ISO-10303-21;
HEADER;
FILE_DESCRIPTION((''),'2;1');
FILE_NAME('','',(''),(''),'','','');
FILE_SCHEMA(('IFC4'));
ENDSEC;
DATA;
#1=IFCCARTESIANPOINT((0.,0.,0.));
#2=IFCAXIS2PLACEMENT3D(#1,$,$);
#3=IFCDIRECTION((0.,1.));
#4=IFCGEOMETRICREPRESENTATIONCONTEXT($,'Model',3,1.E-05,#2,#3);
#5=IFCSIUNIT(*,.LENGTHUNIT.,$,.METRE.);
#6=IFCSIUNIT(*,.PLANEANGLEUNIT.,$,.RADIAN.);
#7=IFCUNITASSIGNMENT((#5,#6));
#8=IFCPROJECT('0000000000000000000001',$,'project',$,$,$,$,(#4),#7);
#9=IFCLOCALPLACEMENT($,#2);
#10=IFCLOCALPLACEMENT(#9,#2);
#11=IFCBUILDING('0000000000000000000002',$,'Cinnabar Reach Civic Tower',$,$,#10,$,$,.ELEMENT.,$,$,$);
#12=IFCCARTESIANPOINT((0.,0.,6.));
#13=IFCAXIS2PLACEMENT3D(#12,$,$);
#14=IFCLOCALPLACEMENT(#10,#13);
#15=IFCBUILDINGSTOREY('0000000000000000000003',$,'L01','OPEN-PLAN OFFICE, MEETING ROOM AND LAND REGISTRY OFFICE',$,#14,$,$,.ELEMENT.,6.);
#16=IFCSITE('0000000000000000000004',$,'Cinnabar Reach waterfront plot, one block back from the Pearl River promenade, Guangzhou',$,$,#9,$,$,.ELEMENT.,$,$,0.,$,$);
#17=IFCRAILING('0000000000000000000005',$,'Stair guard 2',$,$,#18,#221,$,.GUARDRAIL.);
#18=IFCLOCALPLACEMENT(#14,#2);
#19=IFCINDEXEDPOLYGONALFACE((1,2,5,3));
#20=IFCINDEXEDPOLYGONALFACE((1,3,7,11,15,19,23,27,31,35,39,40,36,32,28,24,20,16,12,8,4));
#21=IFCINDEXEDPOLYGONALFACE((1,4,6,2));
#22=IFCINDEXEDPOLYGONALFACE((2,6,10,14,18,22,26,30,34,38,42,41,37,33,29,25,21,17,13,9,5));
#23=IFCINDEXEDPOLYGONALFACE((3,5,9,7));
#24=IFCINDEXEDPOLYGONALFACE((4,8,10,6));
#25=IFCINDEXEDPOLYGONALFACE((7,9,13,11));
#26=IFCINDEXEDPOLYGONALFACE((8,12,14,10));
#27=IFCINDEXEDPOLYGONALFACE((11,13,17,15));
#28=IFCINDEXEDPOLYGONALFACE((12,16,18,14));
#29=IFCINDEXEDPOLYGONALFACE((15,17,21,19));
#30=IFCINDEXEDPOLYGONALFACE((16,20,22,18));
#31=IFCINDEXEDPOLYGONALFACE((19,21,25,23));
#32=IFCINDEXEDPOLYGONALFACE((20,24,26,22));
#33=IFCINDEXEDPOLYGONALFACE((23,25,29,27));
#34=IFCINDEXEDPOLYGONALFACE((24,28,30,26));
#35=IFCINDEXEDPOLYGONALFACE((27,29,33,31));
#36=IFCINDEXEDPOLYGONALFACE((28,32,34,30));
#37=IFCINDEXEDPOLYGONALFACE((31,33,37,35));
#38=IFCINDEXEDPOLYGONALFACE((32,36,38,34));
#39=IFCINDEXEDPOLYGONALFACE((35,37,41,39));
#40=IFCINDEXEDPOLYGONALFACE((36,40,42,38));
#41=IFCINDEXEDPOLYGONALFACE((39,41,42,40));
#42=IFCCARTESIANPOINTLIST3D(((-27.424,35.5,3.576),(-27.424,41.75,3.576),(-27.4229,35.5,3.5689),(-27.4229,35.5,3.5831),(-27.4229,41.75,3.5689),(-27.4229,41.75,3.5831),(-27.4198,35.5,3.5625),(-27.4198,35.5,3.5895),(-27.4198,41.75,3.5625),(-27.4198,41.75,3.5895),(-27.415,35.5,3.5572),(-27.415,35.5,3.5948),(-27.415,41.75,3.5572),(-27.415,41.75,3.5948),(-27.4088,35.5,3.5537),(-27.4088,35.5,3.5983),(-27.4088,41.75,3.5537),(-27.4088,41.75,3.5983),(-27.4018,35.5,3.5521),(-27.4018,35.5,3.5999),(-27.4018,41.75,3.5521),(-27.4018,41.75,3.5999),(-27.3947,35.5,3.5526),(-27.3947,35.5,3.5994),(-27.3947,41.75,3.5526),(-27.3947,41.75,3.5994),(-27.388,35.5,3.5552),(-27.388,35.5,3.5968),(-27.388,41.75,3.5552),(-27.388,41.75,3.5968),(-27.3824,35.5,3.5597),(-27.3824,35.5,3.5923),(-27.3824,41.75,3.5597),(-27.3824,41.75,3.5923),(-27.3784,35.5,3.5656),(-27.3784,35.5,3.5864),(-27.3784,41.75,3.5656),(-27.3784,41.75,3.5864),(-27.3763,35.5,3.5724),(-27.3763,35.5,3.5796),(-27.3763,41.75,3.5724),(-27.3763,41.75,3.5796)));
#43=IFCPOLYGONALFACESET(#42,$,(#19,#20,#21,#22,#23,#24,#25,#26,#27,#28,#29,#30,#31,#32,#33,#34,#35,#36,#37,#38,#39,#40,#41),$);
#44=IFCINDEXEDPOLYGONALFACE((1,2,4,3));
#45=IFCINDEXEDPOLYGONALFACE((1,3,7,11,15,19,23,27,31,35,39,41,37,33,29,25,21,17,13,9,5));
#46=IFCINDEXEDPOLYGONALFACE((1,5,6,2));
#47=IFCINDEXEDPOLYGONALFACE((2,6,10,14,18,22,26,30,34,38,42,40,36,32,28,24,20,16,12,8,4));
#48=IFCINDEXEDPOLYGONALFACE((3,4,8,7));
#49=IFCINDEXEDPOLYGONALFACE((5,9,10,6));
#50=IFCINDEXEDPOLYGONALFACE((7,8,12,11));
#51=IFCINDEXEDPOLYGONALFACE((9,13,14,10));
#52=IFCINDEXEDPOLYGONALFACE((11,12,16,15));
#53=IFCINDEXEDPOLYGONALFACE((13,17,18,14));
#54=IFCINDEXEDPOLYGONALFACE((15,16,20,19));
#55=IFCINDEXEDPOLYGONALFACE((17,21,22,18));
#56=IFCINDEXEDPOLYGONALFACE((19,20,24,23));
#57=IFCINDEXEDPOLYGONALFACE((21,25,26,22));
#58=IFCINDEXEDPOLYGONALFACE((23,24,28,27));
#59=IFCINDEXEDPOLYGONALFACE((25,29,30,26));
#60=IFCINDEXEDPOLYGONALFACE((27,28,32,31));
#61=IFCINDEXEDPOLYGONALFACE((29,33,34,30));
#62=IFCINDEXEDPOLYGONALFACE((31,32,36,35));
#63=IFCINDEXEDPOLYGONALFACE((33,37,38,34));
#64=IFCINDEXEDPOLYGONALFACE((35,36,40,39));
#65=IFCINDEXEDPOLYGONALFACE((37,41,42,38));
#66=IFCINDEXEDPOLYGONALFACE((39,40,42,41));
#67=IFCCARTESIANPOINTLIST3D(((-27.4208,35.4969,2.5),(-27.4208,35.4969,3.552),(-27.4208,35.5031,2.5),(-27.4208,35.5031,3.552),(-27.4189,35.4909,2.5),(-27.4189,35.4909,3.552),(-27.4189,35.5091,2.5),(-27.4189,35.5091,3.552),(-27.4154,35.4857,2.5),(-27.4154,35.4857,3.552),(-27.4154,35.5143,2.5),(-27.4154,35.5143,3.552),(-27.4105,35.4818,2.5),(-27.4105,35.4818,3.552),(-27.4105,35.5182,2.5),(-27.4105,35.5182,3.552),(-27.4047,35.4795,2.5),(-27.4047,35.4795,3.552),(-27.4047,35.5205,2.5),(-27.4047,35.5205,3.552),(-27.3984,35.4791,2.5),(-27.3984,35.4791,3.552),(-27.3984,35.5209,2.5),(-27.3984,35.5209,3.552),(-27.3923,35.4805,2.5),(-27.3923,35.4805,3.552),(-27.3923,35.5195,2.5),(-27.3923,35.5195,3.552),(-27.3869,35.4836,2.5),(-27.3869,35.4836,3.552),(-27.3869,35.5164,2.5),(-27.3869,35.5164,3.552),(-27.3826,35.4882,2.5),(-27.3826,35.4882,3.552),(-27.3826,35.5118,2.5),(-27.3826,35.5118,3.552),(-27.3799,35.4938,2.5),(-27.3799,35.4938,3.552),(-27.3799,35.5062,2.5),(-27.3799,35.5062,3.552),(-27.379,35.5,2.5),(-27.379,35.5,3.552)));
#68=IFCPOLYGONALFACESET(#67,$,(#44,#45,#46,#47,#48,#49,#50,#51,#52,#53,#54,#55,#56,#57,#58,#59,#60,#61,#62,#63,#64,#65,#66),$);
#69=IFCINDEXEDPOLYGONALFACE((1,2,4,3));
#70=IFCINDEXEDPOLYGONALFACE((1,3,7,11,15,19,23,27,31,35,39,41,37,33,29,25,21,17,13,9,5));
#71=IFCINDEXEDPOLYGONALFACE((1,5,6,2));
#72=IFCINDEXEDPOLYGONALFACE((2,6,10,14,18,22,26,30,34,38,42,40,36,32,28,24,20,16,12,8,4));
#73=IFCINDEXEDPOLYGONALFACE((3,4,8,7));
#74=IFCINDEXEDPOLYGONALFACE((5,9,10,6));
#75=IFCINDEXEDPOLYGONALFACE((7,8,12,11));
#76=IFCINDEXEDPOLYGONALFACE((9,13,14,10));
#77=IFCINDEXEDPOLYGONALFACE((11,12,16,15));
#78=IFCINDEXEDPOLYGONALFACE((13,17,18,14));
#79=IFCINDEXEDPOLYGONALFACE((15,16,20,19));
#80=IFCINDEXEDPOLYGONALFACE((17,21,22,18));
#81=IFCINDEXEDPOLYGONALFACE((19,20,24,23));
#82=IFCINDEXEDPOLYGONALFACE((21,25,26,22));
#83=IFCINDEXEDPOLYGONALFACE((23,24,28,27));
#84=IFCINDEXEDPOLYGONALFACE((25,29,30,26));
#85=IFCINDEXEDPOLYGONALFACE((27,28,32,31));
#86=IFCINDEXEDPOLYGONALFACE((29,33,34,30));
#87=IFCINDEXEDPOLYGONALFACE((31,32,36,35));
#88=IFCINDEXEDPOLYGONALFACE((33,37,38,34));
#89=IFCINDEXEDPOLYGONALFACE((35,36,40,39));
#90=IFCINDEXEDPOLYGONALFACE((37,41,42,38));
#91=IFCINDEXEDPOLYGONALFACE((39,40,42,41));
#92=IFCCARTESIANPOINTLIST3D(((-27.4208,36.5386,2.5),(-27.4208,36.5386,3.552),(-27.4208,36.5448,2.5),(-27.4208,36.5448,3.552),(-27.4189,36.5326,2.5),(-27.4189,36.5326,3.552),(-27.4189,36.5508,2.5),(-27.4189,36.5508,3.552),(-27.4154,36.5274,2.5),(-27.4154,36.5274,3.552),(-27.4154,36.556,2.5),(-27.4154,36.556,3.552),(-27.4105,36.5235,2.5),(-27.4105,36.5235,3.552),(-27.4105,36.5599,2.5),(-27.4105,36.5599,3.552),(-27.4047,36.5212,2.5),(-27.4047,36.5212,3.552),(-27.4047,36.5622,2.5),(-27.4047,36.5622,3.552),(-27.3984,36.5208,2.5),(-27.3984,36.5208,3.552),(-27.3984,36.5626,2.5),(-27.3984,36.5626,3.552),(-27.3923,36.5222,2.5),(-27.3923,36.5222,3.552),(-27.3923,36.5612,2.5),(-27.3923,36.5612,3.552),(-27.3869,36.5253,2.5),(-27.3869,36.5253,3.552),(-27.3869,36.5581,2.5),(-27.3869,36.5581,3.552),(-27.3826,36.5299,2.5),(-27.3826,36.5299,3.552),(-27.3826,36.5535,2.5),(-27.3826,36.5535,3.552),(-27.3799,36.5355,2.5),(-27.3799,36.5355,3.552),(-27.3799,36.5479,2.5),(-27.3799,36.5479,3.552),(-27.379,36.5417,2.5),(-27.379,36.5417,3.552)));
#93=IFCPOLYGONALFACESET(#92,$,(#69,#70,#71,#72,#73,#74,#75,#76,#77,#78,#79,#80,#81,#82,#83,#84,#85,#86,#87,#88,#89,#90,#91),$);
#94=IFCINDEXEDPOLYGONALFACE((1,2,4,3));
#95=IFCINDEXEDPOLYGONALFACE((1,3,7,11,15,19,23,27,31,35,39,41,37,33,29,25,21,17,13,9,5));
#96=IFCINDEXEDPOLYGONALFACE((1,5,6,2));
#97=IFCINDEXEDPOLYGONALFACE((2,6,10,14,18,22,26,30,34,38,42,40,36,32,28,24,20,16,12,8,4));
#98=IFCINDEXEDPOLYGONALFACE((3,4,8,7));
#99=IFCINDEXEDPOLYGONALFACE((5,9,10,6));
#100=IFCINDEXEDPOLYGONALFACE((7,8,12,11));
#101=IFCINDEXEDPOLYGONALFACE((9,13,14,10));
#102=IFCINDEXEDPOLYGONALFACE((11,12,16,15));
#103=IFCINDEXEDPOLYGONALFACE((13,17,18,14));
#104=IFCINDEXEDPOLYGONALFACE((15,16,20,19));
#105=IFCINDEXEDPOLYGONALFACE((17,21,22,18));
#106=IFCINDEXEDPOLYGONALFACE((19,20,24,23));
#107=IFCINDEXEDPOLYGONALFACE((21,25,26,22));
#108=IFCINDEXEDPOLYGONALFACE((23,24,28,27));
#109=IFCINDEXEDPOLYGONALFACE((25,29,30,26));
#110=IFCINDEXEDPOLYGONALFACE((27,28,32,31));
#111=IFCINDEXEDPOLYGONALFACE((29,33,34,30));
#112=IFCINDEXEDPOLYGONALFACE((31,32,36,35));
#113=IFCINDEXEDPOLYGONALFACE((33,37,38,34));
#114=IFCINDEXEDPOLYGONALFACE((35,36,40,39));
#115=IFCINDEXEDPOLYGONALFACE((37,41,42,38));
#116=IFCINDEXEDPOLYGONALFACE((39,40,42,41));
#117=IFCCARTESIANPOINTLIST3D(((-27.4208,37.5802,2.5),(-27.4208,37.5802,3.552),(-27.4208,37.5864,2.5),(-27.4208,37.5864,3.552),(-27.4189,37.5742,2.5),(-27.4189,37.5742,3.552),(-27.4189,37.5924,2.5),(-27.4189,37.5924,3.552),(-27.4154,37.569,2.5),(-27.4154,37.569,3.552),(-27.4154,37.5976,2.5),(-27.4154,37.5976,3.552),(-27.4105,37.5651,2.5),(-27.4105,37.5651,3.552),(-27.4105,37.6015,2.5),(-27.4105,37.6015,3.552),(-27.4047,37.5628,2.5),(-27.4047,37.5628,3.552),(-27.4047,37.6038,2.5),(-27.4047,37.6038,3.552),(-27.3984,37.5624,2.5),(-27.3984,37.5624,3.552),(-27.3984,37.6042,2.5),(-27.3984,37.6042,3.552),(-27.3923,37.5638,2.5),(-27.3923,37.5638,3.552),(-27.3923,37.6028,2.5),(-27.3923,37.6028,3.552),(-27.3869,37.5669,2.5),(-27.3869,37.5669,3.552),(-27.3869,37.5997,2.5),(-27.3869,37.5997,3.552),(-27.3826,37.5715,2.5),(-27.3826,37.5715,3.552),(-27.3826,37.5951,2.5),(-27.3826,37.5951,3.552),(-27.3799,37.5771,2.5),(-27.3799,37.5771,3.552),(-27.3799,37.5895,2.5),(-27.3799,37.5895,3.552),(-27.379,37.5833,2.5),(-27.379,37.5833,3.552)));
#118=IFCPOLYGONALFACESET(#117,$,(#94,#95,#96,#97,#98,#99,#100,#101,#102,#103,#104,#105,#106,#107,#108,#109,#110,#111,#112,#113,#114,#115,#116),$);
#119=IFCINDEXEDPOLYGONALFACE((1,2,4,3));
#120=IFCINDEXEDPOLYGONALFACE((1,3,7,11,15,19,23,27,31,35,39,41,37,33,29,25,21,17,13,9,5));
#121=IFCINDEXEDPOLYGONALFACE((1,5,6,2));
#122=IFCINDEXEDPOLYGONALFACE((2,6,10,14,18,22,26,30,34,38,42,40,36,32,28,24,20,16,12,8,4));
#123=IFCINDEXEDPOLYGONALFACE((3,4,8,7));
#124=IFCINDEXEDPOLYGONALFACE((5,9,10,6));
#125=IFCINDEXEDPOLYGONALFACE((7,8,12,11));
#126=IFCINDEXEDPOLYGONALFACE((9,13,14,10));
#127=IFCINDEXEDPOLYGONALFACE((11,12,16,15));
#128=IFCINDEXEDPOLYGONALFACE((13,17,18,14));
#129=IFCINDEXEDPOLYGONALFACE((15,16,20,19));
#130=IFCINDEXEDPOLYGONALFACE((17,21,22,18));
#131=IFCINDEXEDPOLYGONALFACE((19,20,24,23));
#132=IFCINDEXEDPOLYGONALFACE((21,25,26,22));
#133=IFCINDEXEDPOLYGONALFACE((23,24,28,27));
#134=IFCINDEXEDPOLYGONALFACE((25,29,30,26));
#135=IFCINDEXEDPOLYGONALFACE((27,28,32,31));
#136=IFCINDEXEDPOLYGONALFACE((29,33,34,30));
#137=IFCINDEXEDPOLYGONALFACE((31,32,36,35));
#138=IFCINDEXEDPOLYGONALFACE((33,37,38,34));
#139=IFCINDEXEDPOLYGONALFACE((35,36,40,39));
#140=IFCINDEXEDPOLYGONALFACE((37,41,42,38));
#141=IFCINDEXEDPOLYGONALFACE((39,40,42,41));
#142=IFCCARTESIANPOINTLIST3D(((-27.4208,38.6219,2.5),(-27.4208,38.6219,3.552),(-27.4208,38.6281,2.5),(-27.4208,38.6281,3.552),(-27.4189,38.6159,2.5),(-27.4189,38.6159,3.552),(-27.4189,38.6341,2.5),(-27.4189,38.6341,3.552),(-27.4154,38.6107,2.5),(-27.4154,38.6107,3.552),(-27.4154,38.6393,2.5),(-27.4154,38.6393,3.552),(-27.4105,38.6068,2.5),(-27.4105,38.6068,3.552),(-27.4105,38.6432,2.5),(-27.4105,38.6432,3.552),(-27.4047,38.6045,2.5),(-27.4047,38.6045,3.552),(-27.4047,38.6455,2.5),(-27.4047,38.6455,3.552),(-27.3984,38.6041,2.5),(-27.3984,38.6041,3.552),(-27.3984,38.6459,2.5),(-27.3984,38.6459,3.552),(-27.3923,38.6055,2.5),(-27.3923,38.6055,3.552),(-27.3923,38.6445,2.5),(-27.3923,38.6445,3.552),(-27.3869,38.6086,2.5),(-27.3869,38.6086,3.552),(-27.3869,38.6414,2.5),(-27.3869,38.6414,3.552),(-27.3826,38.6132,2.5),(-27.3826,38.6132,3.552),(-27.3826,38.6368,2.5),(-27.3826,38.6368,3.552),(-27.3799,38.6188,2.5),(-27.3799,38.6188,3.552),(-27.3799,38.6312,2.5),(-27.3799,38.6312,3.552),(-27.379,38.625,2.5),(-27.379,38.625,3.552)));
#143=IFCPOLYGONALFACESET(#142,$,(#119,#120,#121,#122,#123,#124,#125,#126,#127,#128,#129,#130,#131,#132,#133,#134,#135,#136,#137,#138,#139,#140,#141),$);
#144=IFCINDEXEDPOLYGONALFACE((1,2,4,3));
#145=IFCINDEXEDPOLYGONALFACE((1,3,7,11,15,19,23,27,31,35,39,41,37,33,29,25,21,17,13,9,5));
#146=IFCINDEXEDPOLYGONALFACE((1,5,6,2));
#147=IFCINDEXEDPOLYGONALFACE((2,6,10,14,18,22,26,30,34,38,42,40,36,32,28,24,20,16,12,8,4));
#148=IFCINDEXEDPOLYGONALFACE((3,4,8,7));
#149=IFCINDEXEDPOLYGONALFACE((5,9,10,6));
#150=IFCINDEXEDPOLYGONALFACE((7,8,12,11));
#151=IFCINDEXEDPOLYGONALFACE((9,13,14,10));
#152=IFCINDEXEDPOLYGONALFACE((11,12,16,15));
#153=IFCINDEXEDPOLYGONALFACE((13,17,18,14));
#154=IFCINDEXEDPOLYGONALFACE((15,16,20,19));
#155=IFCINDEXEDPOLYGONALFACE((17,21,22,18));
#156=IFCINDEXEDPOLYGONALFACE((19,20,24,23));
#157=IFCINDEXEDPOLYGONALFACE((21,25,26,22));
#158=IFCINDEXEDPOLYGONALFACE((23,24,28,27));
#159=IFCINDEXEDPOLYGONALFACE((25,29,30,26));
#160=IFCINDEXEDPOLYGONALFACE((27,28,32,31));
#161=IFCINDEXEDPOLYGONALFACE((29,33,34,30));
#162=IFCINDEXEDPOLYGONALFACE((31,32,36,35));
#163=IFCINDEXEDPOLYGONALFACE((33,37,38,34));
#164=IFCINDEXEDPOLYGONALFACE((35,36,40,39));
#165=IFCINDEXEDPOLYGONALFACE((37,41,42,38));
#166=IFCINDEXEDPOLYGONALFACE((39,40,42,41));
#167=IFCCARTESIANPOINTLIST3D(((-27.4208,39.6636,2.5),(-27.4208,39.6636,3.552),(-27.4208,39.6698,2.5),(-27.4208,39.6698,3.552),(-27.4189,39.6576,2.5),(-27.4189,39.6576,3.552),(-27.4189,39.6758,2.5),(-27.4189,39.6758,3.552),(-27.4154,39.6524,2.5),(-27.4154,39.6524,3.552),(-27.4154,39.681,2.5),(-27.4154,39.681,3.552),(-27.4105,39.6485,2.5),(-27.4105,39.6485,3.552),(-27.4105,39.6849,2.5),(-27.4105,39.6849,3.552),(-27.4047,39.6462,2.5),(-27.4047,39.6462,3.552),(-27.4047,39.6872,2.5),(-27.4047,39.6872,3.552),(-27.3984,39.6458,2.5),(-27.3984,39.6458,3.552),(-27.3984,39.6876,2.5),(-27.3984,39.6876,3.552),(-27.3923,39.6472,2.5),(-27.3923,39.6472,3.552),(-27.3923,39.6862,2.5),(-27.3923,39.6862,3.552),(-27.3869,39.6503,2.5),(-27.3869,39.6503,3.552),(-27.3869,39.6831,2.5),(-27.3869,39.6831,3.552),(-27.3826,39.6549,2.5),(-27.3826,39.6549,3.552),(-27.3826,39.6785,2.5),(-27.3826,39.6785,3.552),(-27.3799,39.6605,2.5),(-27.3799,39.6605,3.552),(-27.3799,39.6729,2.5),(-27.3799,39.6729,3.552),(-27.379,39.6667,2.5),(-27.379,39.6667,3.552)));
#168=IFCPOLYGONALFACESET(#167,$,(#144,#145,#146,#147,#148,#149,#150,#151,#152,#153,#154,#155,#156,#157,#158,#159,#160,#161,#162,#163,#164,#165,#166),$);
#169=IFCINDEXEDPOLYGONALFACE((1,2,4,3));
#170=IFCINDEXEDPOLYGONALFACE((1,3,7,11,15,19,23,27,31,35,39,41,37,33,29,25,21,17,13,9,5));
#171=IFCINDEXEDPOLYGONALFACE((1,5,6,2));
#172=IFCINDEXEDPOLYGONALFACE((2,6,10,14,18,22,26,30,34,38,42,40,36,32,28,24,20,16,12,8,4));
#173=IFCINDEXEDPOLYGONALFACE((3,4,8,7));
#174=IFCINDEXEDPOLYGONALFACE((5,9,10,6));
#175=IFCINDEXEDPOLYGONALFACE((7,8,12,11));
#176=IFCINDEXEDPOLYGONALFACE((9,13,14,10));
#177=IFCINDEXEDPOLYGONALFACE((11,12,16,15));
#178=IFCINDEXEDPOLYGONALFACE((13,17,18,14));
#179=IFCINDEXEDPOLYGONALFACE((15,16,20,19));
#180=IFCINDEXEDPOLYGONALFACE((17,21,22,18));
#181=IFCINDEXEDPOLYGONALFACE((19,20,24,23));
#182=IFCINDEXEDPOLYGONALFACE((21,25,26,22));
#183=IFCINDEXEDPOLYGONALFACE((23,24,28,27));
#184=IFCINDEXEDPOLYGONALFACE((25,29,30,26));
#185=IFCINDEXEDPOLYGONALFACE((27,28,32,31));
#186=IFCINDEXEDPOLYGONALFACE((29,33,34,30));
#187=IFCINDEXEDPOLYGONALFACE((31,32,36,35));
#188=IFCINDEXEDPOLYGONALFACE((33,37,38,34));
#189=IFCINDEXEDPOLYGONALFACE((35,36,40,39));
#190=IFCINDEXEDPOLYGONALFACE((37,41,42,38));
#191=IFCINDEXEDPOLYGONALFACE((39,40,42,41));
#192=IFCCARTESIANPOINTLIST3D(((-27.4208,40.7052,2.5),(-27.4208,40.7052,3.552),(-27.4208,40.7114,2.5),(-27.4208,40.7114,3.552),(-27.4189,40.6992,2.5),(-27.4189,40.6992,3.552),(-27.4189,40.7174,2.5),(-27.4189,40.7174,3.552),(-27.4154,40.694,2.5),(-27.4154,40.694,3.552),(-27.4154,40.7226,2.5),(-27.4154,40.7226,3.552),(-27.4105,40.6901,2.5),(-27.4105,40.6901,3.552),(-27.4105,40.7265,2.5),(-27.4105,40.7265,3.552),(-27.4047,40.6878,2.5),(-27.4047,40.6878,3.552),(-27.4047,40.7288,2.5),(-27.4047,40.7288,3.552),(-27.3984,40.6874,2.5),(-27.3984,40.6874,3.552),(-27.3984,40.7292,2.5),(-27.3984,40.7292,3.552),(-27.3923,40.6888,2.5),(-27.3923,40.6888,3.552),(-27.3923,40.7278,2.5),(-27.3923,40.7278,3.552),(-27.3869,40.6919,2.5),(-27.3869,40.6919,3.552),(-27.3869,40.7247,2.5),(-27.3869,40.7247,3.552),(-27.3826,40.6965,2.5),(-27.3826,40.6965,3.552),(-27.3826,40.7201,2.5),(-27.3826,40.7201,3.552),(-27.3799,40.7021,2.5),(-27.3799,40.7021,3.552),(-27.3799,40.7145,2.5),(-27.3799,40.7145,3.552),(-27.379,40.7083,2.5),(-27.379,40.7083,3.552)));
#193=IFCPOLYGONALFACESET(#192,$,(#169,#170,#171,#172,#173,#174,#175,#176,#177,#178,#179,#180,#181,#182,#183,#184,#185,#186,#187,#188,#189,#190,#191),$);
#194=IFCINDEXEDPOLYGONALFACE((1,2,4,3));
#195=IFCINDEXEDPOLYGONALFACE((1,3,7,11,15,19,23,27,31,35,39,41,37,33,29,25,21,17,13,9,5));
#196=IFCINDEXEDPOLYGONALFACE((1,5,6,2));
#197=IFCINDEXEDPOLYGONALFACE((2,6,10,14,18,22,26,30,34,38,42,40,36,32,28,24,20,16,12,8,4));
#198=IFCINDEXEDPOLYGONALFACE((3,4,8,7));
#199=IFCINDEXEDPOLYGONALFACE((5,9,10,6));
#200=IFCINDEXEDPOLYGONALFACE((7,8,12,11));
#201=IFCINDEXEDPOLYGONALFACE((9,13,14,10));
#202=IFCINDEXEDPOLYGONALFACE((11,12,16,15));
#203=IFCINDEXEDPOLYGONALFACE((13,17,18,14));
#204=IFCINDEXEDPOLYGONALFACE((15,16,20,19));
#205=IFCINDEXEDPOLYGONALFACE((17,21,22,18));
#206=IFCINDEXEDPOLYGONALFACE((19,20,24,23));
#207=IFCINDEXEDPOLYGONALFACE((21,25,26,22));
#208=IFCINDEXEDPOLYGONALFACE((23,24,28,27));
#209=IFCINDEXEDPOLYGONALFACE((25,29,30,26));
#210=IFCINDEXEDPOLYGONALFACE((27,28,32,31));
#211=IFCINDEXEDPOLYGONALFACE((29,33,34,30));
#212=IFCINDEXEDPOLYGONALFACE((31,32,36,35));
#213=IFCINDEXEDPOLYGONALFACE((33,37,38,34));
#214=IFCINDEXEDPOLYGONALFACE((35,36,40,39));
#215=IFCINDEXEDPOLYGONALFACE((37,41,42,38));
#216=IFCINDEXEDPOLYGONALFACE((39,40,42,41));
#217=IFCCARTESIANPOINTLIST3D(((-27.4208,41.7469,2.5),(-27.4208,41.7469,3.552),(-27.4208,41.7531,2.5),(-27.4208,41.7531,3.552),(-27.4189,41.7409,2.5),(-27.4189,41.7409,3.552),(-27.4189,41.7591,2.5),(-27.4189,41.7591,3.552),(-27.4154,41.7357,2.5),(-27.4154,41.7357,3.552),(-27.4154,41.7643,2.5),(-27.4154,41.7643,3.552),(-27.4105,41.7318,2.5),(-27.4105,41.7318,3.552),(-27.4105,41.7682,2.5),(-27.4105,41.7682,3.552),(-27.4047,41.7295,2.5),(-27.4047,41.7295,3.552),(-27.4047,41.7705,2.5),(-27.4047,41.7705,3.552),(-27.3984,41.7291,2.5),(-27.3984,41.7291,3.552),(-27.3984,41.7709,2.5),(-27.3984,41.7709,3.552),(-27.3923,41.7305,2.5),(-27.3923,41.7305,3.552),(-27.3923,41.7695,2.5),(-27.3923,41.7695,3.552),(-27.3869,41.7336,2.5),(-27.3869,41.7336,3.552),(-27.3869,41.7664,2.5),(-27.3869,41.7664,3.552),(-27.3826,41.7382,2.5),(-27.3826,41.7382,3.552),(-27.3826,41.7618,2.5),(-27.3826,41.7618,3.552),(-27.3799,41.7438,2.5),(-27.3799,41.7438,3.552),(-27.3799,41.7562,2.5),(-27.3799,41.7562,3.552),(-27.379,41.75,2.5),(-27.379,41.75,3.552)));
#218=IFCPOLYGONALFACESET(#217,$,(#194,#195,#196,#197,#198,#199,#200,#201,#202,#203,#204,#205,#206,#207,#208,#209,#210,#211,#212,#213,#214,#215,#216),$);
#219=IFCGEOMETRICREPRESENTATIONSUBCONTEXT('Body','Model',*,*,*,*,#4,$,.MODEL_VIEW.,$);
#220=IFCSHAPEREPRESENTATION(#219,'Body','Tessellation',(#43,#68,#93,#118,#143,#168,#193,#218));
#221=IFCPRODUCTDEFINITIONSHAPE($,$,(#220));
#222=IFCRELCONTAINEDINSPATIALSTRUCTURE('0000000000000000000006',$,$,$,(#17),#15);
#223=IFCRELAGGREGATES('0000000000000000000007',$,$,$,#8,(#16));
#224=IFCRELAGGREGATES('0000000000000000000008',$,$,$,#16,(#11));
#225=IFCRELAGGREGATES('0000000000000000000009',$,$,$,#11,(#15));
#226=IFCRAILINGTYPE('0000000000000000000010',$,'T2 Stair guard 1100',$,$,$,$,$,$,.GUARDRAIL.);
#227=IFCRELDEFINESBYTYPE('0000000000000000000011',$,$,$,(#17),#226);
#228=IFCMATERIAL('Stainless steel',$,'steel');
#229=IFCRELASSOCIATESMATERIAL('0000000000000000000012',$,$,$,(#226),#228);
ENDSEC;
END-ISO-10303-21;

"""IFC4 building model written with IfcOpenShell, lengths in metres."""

from ifc_helpers import new_model, si_unit, direction, frame, origin, origin_2d, place, context, subcontext, project, spatial, circle, extrude, material, type_object, element, save


model = new_model("IFC4")

# Units and contexts
model_context = context("Model", 3, precision=1e-05, world=origin(), true_north=direction((0.0, 1.0)))
body_context = subcontext(model_context, "Body", "Model", "MODEL_VIEW")
ifc_project = project(units=[si_unit("LENGTHUNIT", "METRE"), si_unit("PLANEANGLEUNIT", "RADIAN")], contexts=[model_context])

# Site, building, storey
site_placement = place(None, origin())
site = spatial("IfcSite", under=ifc_project, at=site_placement, Name="Cinnabar Reach waterfront plot, one block back from the Pearl River promenade, Guangzhou", CompositionType="ELEMENT", RefElevation=0.0)
building_placement = place(site_placement, origin())
building = spatial("IfcBuilding", under=site, at=building_placement, Name="Cinnabar Reach Civic Tower", CompositionType="ELEMENT")
storey_placement = place(building_placement, frame((0.0, 0.0, 6.0)))
storey = spatial("IfcBuildingStorey", under=building, at=storey_placement, Name="L01", Description="OPEN-PLAN OFFICE, MEETING ROOM AND LAND REGISTRY OFFICE", CompositionType="ELEMENT", Elevation=6.0)

# Railing
ifc_material_1 = material(Name="Stainless steel", Category="steel")
railing_type = type_object("IfcRailingType", Name="T2 Stair guard 1100", PredefinedType="GUARDRAIL", material=ifc_material_1)
for number, where, name in (
    (1, (-27.4, 35.5, 2.5), "Stair guard 2"),
):
    element("IfcRailing", number, at=place(storey_placement, frame(where)), inside=storey, type_object=railing_type, Name=name, PredefinedType="GUARDRAIL", context=body_context, shape_type="SweptSolid", body=[
        extrude(circle(Radius=0.024, at=origin_2d()), frame((0.0, 0.0, 1.076), z_axis=(0.0, 1.0, 0.0), x_axis=(-1.0, 0.0, 0.0)), (0.0, 0.0, 1.0), 6.25),
        extrude(circle(Radius=0.021, at=origin_2d()), origin(), (0.0, 0.0, 1.0), 1.052),
        extrude(circle(Radius=0.021, at=origin_2d()), frame((0.0, 1.0417, 0.0)), (0.0, 0.0, 1.0), 1.052),
        extrude(circle(Radius=0.021, at=origin_2d()), frame((0.0, 2.0833, 0.0)), (0.0, 0.0, 1.0), 1.052),
        extrude(circle(Radius=0.021, at=origin_2d()), frame((0.0, 3.125, 0.0)), (0.0, 0.0, 1.0), 1.052),
        extrude(circle(Radius=0.021, at=origin_2d()), frame((0.0, 4.1667, 0.0)), (0.0, 0.0, 1.0), 1.052),
        extrude(circle(Radius=0.021, at=origin_2d()), frame((0.0, 5.2083, 0.0)), (0.0, 0.0, 1.0), 1.052),
        extrude(circle(Radius=0.021, at=origin_2d()), frame((0.0, 6.25, 0.0)), (0.0, 0.0, 1.0), 1.052),
    ])

save(model, "model.ifc")
